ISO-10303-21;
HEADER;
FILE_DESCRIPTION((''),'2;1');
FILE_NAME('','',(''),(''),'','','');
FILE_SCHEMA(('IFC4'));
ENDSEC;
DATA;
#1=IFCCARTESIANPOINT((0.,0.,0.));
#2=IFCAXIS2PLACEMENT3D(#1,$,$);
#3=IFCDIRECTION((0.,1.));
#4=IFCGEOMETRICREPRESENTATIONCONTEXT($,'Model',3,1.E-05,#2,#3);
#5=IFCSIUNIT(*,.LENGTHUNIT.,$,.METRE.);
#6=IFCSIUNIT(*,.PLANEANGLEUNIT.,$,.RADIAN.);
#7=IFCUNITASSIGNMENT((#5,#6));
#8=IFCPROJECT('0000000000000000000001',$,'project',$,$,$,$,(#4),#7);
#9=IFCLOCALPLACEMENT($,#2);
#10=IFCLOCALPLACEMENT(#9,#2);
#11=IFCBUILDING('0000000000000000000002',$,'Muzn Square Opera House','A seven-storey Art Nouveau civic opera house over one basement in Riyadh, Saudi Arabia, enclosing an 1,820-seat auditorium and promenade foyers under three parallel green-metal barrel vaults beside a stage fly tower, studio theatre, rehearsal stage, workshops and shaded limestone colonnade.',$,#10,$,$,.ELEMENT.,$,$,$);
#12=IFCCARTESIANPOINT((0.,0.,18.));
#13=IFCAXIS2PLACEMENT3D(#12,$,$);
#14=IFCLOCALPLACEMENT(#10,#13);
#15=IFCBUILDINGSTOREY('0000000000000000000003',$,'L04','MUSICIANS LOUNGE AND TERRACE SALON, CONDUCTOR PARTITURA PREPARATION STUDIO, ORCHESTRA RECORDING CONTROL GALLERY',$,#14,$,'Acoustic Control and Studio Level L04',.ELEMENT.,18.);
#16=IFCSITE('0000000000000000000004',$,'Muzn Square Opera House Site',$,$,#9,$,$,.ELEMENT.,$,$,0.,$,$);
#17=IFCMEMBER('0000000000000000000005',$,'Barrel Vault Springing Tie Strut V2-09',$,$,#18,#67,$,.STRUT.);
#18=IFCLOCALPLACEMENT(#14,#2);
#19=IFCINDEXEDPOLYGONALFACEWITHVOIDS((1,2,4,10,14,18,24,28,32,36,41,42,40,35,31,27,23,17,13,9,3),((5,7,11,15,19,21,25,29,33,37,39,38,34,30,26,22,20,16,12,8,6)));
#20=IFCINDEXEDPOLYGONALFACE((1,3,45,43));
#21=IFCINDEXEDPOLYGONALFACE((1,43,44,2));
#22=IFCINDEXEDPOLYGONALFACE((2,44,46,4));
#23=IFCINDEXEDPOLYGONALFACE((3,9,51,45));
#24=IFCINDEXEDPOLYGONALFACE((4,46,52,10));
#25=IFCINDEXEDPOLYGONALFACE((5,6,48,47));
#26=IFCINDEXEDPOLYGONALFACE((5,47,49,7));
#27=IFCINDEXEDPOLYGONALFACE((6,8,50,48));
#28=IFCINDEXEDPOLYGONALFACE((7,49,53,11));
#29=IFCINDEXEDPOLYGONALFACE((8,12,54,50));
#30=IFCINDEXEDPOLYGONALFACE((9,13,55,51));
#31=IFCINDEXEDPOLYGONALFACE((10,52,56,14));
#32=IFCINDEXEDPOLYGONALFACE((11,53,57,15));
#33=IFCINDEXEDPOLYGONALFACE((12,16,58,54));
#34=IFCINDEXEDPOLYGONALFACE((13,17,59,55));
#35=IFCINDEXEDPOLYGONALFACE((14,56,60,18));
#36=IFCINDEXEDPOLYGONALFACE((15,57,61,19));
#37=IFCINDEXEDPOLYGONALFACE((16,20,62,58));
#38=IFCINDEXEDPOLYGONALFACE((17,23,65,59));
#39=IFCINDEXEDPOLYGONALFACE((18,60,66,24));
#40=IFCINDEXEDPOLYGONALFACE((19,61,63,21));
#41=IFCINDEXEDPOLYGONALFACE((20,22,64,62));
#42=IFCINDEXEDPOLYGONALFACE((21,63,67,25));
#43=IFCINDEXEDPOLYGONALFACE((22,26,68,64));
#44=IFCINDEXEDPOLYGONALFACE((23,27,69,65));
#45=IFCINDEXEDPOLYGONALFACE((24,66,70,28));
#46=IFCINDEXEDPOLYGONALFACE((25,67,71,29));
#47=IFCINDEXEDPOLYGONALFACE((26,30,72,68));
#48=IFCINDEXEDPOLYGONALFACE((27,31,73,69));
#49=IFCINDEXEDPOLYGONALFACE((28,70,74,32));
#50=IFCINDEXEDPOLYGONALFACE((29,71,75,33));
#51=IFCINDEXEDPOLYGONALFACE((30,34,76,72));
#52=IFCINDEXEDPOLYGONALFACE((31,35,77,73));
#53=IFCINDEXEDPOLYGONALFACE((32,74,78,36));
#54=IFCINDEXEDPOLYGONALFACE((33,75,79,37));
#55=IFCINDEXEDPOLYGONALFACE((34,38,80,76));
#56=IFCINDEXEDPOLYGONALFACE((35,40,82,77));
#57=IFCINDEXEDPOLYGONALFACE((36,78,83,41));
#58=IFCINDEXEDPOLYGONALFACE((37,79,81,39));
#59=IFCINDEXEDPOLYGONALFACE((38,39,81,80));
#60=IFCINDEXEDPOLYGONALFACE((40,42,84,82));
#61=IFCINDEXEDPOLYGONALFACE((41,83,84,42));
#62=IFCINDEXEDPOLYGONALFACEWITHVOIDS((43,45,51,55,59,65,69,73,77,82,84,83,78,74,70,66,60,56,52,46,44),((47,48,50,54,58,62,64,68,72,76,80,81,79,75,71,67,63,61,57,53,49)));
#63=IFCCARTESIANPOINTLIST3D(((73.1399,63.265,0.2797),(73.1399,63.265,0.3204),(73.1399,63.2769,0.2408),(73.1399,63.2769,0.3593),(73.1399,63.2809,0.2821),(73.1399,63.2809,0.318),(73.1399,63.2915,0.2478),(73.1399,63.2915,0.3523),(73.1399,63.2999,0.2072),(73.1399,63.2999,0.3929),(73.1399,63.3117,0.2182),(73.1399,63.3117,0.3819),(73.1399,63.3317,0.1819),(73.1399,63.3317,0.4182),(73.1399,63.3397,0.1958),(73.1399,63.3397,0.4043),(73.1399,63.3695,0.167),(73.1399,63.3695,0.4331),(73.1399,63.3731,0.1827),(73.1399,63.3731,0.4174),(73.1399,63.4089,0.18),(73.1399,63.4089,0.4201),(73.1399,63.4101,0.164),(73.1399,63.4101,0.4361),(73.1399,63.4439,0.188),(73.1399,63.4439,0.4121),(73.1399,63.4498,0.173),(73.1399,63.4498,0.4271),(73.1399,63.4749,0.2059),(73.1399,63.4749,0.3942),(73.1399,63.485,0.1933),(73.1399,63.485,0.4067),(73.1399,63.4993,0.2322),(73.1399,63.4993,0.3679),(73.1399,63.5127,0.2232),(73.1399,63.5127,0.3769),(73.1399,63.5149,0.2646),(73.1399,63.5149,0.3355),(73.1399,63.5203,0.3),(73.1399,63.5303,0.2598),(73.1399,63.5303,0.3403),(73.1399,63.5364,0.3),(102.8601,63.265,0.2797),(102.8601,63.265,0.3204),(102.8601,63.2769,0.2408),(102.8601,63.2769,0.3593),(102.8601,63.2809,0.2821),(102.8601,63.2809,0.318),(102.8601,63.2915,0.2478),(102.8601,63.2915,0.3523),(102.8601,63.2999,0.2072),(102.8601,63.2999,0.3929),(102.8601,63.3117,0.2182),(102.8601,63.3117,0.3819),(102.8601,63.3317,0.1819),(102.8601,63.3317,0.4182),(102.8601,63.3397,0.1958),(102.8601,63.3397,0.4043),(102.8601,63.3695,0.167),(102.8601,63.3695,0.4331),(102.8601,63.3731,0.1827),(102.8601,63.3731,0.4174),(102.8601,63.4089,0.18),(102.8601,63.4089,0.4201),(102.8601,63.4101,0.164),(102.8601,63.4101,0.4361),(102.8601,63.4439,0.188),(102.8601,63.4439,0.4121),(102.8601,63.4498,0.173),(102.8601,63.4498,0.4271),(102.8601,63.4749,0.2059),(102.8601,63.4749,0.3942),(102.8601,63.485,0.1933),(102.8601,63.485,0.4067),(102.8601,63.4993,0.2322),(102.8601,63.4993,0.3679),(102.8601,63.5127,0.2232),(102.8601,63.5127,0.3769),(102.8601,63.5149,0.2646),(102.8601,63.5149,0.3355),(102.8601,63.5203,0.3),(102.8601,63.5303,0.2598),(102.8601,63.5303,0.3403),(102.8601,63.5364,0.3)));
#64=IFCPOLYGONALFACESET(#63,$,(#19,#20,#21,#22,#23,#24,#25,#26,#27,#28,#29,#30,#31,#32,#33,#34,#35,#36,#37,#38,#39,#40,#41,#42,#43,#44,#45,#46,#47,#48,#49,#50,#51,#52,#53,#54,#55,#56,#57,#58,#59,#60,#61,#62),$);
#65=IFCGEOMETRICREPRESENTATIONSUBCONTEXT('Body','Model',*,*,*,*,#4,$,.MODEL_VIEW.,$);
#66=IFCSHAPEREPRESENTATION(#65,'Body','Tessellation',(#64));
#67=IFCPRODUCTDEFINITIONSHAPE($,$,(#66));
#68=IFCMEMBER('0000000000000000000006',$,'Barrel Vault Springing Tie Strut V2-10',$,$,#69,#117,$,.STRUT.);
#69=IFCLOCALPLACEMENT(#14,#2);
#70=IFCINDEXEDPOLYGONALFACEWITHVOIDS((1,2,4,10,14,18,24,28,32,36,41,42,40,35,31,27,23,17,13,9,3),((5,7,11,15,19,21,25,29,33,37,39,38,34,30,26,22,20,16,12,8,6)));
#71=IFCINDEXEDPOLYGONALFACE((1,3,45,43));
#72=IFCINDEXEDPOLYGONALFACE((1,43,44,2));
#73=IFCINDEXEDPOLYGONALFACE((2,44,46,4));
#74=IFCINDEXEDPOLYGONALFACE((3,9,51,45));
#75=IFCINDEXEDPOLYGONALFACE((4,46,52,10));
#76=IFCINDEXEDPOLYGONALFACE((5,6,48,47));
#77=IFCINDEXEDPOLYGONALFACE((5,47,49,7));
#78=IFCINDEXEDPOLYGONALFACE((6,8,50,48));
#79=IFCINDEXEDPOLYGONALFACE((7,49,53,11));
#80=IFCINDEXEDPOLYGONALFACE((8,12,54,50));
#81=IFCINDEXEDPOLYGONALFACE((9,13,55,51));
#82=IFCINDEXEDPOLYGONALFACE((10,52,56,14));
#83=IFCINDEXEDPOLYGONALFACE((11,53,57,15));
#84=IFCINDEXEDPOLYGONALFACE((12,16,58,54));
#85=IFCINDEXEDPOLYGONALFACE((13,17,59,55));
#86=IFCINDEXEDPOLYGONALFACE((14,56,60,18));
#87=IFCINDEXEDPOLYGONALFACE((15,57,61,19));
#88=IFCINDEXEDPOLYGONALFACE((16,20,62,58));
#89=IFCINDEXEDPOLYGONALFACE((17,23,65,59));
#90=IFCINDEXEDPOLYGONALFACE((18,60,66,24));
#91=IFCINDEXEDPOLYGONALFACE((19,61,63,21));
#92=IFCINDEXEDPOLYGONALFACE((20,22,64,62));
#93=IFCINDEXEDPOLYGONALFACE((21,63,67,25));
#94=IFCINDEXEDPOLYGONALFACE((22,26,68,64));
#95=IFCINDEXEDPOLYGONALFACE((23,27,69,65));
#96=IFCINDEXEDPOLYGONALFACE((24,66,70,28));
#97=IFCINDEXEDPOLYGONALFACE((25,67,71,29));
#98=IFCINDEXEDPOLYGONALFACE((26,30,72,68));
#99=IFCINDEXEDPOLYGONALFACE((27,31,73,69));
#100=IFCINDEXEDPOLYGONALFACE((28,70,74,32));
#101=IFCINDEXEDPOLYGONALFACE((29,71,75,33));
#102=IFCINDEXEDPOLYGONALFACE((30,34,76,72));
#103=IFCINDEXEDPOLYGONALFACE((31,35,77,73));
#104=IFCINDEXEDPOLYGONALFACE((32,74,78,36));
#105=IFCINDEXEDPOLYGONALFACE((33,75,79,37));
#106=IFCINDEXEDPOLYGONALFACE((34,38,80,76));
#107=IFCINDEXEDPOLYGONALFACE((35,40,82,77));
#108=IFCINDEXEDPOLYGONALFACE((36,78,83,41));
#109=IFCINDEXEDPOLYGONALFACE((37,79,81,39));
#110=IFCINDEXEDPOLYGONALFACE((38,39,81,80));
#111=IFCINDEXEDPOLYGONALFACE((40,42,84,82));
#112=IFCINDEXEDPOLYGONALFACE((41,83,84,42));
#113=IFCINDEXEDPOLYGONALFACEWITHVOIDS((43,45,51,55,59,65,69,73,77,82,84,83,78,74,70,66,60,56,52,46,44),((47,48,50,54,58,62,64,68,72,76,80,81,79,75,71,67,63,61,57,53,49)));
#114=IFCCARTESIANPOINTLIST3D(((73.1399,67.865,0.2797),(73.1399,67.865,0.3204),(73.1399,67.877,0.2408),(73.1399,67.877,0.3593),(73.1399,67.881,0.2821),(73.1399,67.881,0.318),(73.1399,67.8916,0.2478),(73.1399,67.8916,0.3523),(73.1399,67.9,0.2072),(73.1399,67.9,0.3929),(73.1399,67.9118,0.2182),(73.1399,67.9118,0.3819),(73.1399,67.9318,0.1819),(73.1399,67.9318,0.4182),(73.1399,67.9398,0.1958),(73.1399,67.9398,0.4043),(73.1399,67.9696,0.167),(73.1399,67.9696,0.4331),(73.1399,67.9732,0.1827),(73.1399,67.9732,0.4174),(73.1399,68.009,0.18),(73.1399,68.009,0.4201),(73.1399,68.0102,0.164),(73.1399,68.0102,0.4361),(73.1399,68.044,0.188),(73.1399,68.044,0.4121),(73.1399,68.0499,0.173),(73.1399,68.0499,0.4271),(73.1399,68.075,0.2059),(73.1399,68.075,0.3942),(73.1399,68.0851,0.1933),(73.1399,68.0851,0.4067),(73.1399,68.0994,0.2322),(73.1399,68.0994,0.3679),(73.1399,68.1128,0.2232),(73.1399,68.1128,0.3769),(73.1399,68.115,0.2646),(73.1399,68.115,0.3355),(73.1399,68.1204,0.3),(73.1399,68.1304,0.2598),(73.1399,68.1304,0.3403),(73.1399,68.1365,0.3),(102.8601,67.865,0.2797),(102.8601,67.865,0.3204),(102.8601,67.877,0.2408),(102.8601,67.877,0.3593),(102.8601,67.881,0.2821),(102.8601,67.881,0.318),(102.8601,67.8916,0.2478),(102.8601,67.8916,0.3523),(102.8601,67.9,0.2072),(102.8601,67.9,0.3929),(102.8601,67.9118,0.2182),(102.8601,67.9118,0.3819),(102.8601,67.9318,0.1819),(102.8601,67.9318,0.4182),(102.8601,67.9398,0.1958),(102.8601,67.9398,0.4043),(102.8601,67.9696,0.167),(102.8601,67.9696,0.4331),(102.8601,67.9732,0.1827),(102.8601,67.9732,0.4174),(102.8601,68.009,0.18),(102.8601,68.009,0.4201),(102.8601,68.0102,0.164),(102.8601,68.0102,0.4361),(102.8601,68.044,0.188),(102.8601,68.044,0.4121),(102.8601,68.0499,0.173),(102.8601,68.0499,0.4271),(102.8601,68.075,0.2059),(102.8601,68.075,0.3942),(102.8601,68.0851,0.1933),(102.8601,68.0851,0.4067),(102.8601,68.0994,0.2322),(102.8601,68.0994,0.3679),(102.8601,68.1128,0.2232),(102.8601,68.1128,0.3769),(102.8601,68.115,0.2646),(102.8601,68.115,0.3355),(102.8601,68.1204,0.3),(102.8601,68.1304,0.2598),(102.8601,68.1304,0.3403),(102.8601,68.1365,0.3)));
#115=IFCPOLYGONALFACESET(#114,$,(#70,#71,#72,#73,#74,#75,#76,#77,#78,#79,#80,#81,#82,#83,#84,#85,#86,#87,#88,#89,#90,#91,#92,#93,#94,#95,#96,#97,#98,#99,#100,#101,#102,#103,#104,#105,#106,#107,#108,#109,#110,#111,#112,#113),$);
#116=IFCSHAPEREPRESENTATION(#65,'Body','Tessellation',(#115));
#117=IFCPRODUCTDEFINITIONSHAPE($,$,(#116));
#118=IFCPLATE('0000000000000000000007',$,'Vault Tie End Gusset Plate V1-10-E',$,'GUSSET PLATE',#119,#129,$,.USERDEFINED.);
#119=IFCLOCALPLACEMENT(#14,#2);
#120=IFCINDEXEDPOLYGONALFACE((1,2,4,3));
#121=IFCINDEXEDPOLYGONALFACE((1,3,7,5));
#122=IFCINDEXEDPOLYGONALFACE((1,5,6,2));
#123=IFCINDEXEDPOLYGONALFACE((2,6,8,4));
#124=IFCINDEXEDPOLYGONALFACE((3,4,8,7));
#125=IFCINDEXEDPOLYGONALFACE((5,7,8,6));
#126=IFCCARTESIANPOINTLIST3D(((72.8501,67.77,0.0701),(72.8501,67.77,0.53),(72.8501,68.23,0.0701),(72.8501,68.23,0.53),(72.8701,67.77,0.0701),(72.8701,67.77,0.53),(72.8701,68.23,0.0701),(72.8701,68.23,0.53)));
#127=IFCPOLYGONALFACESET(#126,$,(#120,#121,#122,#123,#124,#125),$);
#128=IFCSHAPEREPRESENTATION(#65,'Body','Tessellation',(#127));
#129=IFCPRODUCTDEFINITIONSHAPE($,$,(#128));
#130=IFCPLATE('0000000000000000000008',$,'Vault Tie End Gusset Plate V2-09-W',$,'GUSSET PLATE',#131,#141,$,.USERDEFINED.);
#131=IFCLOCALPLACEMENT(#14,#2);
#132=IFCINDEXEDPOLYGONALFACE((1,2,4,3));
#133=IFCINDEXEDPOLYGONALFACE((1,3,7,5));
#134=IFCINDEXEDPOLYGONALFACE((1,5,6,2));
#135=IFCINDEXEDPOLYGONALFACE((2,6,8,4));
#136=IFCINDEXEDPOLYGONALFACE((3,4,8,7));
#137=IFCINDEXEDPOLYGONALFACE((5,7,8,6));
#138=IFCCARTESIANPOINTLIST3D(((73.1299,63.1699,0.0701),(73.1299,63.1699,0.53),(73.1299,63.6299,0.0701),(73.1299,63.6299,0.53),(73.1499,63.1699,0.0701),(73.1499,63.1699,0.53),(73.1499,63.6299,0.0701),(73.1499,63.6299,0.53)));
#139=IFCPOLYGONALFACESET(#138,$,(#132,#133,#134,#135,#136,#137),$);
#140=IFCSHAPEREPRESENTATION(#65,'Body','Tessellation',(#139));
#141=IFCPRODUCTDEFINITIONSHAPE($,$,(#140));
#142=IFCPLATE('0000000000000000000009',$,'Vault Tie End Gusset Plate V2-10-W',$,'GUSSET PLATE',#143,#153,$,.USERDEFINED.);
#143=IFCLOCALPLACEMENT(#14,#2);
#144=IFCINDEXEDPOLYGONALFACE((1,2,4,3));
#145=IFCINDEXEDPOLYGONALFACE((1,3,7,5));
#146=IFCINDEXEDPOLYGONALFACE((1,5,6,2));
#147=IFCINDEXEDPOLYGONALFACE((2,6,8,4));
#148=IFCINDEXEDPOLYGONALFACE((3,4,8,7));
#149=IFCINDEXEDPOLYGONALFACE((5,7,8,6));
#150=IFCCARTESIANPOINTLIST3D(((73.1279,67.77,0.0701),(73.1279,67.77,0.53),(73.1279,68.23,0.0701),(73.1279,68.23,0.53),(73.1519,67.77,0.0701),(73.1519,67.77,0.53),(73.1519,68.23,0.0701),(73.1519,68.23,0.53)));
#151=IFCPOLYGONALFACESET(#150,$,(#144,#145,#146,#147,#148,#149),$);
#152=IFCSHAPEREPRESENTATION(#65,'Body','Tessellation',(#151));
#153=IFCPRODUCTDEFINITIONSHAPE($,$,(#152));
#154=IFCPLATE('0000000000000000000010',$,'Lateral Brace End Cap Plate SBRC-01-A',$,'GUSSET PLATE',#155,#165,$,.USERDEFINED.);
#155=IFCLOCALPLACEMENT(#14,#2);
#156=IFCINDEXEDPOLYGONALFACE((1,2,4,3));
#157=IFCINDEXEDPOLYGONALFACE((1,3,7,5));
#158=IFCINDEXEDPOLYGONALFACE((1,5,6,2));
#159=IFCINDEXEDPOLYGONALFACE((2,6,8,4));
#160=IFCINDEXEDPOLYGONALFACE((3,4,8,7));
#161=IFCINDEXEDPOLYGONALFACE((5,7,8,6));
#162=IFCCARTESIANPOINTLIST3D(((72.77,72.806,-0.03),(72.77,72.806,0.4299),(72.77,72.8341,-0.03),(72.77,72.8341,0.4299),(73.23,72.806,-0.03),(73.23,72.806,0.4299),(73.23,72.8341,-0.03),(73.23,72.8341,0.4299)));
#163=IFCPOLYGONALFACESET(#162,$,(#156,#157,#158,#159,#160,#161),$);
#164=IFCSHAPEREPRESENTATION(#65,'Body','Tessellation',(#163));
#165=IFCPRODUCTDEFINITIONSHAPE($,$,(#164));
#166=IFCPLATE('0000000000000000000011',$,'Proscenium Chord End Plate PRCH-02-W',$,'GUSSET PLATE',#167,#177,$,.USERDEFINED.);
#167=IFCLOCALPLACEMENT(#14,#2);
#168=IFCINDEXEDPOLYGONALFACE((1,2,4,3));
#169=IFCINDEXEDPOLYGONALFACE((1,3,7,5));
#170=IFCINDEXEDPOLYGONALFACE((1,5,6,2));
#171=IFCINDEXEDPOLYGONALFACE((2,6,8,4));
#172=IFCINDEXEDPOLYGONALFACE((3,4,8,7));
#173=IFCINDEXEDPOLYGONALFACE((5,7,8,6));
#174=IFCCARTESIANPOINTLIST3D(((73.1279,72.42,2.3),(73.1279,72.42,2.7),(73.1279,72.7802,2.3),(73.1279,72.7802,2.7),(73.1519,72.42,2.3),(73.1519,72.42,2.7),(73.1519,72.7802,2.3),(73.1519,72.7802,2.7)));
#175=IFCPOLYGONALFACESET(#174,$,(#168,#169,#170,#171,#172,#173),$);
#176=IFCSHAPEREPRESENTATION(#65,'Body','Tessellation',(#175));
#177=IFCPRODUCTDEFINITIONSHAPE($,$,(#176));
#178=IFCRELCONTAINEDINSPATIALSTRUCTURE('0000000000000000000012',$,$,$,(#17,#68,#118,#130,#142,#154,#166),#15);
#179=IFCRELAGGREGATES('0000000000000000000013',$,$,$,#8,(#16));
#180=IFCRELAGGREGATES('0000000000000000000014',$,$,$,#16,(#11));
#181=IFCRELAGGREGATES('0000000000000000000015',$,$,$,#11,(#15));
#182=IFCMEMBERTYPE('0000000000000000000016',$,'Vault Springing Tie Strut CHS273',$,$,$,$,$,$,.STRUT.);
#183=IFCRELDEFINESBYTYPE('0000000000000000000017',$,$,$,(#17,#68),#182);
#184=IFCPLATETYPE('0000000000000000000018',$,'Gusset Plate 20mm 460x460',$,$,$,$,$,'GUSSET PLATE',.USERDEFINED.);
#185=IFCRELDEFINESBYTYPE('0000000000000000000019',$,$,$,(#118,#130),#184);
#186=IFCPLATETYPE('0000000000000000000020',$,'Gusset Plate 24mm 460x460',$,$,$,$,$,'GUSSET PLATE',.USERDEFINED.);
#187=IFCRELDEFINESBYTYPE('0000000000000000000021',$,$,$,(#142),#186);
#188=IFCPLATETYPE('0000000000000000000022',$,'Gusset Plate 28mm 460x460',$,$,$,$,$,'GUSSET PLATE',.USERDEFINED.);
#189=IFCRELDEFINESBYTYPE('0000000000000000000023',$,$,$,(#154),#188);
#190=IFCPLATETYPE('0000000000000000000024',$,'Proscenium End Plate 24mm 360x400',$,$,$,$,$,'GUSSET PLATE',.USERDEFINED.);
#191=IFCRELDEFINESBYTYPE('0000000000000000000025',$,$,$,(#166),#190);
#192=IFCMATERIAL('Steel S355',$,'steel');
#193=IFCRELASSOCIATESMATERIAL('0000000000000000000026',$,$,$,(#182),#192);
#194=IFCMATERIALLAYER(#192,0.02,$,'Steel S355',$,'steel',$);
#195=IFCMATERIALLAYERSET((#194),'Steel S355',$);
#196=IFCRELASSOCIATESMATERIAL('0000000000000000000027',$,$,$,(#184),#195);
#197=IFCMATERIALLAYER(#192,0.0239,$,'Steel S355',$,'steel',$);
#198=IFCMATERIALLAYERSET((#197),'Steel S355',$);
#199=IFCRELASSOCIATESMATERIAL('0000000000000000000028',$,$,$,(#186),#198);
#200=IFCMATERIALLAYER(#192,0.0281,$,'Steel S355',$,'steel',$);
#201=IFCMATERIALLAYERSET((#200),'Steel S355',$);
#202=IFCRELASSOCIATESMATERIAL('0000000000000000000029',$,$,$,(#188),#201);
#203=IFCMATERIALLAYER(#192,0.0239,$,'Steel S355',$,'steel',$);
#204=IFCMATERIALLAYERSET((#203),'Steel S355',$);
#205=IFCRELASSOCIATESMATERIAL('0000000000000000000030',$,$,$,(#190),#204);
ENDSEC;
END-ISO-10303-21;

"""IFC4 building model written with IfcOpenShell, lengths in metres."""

from ifc_helpers import new_model, si_unit, direction, frame, origin, origin_2d, place, context, subcontext, project, spatial, rectangle, hollow_circle, extrude, material, layer, layer_set, material_profile, profile_set, type_object, element, save


model = new_model("IFC4")

# Units and contexts
model_context = context("Model", 3, precision=1e-05, world=origin(), true_north=direction((0.0, 1.0)))
body_context = subcontext(model_context, "Body", "Model", "MODEL_VIEW")
ifc_project = project(units=[si_unit("LENGTHUNIT", "METRE"), si_unit("PLANEANGLEUNIT", "RADIAN")], contexts=[model_context])

# Site, building, storey
site_placement = place(None, origin())
site = spatial("IfcSite", under=ifc_project, at=site_placement, Name="Muzn Square Opera House Site", CompositionType="ELEMENT", RefElevation=0.0)
building_placement = place(site_placement, origin())
building = spatial("IfcBuilding", under=site, at=building_placement, Name="Muzn Square Opera House", Description="A seven-storey Art Nouveau civic opera house over one basement in Riyadh, Saudi Arabia, enclosing an 1,820-seat auditorium and promenade foyers under three parallel green-metal barrel vaults beside a stage fly tower, studio theatre, rehearsal stage, workshops and shaded limestone colonnade.", CompositionType="ELEMENT")
storey_placement = place(building_placement, frame((0.0, 0.0, 18.0)))
storey = spatial("IfcBuildingStorey", under=building, at=storey_placement, Name="L04", Description="MUSICIANS LOUNGE AND TERRACE SALON, CONDUCTOR PARTITURA PREPARATION STUDIO, ORCHESTRA RECORDING CONTROL GALLERY", LongName="Acoustic Control and Studio Level L04", CompositionType="ELEMENT", Elevation=18.0)

# Shared definitions
ifc_material_1 = material(Name="Steel S355", Category="steel")

# Members
ifc_material_profile_1 = material_profile(ifc_material_1, hollow_circle(Radius=0.1365, WallThickness=0.0161, at=origin_2d()), Name="CHS 273x16", Category="steel")
ifc_profile_set_1 = profile_set([ifc_material_profile_1], Name="Steel S355")
member_type_1 = type_object("IfcMemberType", Name="Vault Springing Tie Strut CHS273", PredefinedType="STRUT", material=ifc_profile_set_1)
for number, where, z_axis, x_axis, name in (
    (1, (73.1399, 63.3999, 0.3), (1.0, 0.0, 0.0), (0.0, 1.0, 0.0), "Barrel Vault Springing Tie Strut V2-09"),
    (2, (73.1399, 68.0, 0.3), (1.0, 0.0, 0.0), (0.0, 1.0, 0.0), "Barrel Vault Springing Tie Strut V2-10"),
):
    element("IfcMember", number, at=place(storey_placement, frame(where, z_axis=z_axis, x_axis=x_axis)), inside=storey, type_object=member_type_1, Name=name, PredefinedType="STRUT", context=body_context, shape_type="SweptSolid", body=[
        extrude(hollow_circle(Radius=0.1365, WallThickness=0.0161, at=origin_2d()), origin(), (0.0, 0.0, 1.0), 29.7202),
    ])

# Plates
ifc_layer_1 = layer(ifc_material_1, 0.02, Name="Steel S355", Category="steel")
ifc_layer_set_1 = layer_set([ifc_layer_1], Name="Steel S355")
plate_type_1 = type_object("IfcPlateType", Name="Gusset Plate 20mm 460x460", ElementType="GUSSET PLATE", PredefinedType="USERDEFINED", material=ifc_layer_set_1)
for number, where, z_axis, x_axis, name in (
    (3, (72.8601, 68.0, 0.0701), (0.0, 0.0, 1.0), (1.0, 0.0, 0.0), "Vault Tie End Gusset Plate V1-10-E"),
    (4, (73.1399, 63.3999, 0.0701), (0.0, 0.0, 1.0), (1.0, 0.0, 0.0), "Vault Tie End Gusset Plate V2-09-W"),
):
    element("IfcPlate", number, at=place(storey_placement, frame(where, z_axis=z_axis, x_axis=x_axis)), inside=storey, type_object=plate_type_1, Name=name, ObjectType="GUSSET PLATE", PredefinedType="USERDEFINED", context=body_context, shape_type="SweptSolid", body=[
        extrude(rectangle(XDim=0.02, YDim=0.46, at=origin_2d()), origin(), (0.0, 0.0, 1.0), 0.46),
    ])
ifc_layer_2 = layer(ifc_material_1, 0.0239, Name="Steel S355", Category="steel")
ifc_layer_set_2 = layer_set([ifc_layer_2], Name="Steel S355")
plate_type_2 = type_object("IfcPlateType", Name="Gusset Plate 24mm 460x460", ElementType="GUSSET PLATE", PredefinedType="USERDEFINED", material=ifc_layer_set_2)
plate_1_placement = place(storey_placement, frame((73.1399, 68.0, 0.0701), z_axis=(0.0, 0.0, 1.0), x_axis=(1.0, 0.0, 0.0)))
element("IfcPlate", 5, at=plate_1_placement, inside=storey, type_object=plate_type_2, Name="Vault Tie End Gusset Plate V2-10-W", ObjectType="GUSSET PLATE", PredefinedType="USERDEFINED", context=body_context, shape_type="SweptSolid", body=[
    extrude(rectangle(XDim=0.0239, YDim=0.46, at=origin_2d()), origin(), (0.0, 0.0, 1.0), 0.46),
])
ifc_layer_3 = layer(ifc_material_1, 0.0281, Name="Steel S355", Category="steel")
ifc_layer_set_3 = layer_set([ifc_layer_3], Name="Steel S355")
plate_type_3 = type_object("IfcPlateType", Name="Gusset Plate 28mm 460x460", ElementType="GUSSET PLATE", PredefinedType="USERDEFINED", material=ifc_layer_set_3)
plate_2_placement = place(storey_placement, frame((73.0, 72.8201, -0.03), z_axis=(0.0, 0.0, 1.0), x_axis=(1.0, 0.0, 0.0)))
element("IfcPlate", 6, at=plate_2_placement, inside=storey, type_object=plate_type_3, Name="Lateral Brace End Cap Plate SBRC-01-A", ObjectType="GUSSET PLATE", PredefinedType="USERDEFINED", context=body_context, shape_type="SweptSolid", body=[
    extrude(rectangle(XDim=0.46, YDim=0.0281, at=origin_2d()), origin(), (0.0, 0.0, 1.0), 0.46),
])
ifc_layer_4 = layer(ifc_material_1, 0.0239, Name="Steel S355", Category="steel")
ifc_layer_set_4 = layer_set([ifc_layer_4], Name="Steel S355")
plate_type_4 = type_object("IfcPlateType", Name="Proscenium End Plate 24mm 360x400", ElementType="GUSSET PLATE", PredefinedType="USERDEFINED", material=ifc_layer_set_4)
plate_3_placement = place(storey_placement, frame((73.1399, 72.6001, 2.3), z_axis=(0.0, 0.0, 1.0), x_axis=(1.0, 0.0, 0.0)))
element("IfcPlate", 7, at=plate_3_placement, inside=storey, type_object=plate_type_4, Name="Proscenium Chord End Plate PRCH-02-W", ObjectType="GUSSET PLATE", PredefinedType="USERDEFINED", context=body_context, shape_type="SweptSolid", body=[
    extrude(rectangle(XDim=0.0239, YDim=0.3601, at=origin_2d()), origin(), (0.0, 0.0, 1.0), 0.3999),
])

save(model, "model.ifc")
